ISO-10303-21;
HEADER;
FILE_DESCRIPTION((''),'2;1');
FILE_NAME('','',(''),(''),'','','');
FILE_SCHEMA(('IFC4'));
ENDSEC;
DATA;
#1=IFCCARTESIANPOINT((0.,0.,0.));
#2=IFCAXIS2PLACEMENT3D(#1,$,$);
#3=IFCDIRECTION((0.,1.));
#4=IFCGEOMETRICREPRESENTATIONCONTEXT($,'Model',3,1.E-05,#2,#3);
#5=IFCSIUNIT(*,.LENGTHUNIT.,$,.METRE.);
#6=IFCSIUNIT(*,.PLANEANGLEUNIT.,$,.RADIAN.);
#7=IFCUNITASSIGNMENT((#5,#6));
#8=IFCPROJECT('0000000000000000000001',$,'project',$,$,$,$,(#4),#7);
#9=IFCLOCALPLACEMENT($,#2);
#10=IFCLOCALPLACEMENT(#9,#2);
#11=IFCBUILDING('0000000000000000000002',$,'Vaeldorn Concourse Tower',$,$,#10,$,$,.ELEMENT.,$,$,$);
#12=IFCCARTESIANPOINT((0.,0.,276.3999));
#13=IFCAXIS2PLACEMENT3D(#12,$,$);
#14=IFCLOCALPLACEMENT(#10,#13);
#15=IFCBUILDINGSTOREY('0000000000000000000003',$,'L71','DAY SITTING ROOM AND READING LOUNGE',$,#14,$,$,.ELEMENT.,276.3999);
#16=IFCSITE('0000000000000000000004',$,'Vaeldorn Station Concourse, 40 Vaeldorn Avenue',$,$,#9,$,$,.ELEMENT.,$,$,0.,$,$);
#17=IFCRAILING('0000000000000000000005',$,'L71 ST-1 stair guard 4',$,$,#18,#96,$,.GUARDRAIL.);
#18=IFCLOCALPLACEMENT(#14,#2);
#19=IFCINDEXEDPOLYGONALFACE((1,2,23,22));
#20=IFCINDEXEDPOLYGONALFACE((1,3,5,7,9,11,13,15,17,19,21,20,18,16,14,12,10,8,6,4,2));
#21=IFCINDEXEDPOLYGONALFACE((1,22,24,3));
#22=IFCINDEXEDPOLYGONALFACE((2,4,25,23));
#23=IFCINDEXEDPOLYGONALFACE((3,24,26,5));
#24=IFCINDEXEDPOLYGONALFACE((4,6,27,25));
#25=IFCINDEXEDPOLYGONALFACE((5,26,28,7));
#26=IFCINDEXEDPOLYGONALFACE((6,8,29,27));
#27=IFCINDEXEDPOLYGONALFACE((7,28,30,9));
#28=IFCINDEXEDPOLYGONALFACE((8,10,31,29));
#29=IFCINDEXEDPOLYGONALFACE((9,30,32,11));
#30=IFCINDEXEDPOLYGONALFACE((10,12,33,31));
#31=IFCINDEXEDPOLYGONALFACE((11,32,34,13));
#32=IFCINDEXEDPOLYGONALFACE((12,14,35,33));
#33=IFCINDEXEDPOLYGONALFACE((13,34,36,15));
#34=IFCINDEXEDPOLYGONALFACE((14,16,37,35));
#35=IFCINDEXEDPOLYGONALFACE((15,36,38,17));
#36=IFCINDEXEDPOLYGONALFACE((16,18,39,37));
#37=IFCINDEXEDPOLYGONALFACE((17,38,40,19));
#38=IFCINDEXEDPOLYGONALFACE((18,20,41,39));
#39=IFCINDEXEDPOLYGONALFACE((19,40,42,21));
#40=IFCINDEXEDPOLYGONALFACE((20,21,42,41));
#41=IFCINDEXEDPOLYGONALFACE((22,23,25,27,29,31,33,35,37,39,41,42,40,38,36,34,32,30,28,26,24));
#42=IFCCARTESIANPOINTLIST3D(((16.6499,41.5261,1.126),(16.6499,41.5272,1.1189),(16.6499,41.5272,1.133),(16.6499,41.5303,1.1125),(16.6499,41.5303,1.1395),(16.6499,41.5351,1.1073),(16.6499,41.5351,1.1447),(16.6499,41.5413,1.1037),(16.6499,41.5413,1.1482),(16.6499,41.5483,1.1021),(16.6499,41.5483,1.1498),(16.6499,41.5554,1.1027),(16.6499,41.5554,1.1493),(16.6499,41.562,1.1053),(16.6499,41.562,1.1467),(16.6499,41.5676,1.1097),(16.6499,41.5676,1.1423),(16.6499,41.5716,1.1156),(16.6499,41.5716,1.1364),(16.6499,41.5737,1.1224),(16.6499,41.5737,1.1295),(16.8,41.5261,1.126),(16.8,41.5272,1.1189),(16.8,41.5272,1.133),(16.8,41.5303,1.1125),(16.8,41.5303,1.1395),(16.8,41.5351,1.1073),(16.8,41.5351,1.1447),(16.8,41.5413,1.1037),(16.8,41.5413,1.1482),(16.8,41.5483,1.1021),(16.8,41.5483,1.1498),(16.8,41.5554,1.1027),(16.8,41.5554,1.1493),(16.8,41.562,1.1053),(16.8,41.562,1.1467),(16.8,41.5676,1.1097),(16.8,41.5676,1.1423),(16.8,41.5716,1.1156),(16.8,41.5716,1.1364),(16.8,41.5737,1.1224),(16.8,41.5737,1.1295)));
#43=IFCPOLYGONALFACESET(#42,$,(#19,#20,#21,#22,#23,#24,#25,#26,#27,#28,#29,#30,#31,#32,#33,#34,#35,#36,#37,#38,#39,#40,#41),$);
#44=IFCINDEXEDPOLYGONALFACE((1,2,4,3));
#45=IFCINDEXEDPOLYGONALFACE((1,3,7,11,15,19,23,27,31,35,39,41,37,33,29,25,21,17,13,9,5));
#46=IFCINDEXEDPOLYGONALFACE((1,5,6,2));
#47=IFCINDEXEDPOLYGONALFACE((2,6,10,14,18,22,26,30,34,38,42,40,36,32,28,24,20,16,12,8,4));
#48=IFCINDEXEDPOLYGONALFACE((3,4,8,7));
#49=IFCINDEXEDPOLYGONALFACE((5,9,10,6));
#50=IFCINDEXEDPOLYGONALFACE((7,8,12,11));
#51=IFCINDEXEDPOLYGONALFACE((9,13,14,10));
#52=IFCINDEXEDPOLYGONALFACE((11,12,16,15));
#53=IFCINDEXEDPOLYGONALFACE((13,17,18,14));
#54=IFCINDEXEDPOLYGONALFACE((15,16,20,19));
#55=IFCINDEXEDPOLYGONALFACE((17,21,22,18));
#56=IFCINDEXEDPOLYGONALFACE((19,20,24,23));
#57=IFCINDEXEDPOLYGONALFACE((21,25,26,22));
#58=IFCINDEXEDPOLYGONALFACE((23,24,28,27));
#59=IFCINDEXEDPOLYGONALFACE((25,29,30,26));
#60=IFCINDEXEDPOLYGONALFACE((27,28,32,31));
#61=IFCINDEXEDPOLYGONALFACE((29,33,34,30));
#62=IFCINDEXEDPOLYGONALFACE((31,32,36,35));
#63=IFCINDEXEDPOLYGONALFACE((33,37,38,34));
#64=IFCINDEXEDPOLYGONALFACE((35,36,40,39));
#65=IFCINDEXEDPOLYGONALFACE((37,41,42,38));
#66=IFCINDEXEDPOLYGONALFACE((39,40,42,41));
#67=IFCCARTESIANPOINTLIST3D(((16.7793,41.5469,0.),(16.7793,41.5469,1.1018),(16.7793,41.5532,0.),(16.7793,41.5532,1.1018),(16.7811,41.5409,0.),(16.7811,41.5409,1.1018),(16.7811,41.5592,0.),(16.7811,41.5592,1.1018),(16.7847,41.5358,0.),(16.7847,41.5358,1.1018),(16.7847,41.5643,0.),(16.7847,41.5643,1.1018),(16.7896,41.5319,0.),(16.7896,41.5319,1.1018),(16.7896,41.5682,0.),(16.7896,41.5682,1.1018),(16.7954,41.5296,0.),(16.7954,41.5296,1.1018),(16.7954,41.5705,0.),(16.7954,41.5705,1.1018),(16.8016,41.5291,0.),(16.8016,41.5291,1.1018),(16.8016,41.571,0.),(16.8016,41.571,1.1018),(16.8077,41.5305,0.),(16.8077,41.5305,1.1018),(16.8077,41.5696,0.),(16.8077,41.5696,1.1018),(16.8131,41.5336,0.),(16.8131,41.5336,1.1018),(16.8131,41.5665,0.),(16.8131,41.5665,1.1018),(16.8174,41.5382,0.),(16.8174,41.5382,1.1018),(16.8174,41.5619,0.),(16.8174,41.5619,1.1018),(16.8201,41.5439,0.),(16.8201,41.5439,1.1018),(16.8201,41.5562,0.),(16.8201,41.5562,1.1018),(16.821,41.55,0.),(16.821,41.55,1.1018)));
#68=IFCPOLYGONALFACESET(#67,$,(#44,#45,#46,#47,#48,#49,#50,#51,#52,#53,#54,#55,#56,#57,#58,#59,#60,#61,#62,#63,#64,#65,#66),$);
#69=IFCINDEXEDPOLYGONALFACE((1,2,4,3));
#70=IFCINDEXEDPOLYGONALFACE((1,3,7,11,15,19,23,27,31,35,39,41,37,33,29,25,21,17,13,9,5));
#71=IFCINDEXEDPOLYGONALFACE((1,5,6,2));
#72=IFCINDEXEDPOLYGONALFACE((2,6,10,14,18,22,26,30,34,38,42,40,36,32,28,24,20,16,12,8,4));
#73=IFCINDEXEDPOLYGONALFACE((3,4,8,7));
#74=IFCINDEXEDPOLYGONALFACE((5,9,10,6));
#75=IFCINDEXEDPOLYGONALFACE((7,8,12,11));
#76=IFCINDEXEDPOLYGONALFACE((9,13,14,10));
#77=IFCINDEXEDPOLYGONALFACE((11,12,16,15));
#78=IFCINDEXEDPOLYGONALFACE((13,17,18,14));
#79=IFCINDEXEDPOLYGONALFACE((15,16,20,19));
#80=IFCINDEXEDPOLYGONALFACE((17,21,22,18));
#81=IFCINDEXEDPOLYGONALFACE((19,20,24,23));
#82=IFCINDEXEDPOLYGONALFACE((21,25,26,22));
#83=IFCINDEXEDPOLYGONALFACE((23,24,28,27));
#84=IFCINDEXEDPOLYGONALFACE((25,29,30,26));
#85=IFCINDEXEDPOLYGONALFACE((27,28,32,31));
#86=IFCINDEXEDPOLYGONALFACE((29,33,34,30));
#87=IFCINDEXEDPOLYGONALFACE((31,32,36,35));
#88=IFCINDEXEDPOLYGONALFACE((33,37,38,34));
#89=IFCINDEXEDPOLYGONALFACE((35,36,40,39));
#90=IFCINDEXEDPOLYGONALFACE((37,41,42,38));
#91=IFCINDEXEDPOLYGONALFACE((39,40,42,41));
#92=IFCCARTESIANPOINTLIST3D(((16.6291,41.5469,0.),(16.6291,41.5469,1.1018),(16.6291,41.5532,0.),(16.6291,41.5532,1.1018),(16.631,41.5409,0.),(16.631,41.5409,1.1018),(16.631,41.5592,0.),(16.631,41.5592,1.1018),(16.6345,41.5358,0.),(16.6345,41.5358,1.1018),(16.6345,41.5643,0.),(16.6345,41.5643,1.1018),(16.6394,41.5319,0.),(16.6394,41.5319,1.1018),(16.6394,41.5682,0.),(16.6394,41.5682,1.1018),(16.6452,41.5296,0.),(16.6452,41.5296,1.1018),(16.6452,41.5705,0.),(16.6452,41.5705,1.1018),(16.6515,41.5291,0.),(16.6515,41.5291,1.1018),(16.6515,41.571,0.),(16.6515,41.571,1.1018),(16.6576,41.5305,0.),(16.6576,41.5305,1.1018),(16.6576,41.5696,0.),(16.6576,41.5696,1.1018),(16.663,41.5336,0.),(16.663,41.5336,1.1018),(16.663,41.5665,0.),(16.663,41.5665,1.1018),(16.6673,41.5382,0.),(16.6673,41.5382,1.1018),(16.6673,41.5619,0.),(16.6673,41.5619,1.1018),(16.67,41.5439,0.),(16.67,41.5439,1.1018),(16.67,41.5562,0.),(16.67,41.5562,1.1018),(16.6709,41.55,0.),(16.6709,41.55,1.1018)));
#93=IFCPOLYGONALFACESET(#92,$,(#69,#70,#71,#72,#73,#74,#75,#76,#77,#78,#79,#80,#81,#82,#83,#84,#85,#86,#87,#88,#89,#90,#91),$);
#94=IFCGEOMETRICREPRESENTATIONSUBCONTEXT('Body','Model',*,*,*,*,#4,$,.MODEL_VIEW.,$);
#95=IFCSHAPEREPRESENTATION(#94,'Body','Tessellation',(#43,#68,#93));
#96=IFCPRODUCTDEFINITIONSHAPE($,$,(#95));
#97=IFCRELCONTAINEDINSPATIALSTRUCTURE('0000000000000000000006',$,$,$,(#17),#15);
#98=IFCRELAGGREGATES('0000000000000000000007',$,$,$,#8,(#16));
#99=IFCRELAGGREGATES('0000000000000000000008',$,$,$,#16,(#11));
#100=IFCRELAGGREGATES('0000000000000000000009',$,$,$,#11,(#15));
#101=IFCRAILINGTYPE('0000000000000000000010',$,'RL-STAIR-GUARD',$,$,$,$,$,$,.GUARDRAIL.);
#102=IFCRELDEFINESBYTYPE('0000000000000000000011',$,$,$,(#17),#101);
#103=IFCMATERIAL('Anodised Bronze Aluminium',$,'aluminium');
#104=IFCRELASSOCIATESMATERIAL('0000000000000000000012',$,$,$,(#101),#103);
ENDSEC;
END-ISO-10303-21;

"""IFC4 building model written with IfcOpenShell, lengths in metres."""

from ifc_helpers import new_model, si_unit, direction, frame, origin, origin_2d, place, context, subcontext, project, spatial, circle, extrude, material, type_object, element, save


model = new_model("IFC4")

# Units and contexts
model_context = context("Model", 3, precision=1e-05, world=origin(), true_north=direction((0.0, 1.0)))
body_context = subcontext(model_context, "Body", "Model", "MODEL_VIEW")
ifc_project = project(units=[si_unit("LENGTHUNIT", "METRE"), si_unit("PLANEANGLEUNIT", "RADIAN")], contexts=[model_context])

# Site, building, storey
site_placement = place(None, origin())
site = spatial("IfcSite", under=ifc_project, at=site_placement, Name="Vaeldorn Station Concourse, 40 Vaeldorn Avenue", CompositionType="ELEMENT", RefElevation=0.0)
building_placement = place(site_placement, origin())
building = spatial("IfcBuilding", under=site, at=building_placement, Name="Vaeldorn Concourse Tower", CompositionType="ELEMENT")
storey_placement = place(building_placement, frame((0.0, 0.0, 276.3999)))
storey = spatial("IfcBuildingStorey", under=building, at=storey_placement, Name="L71", Description="DAY SITTING ROOM AND READING LOUNGE", CompositionType="ELEMENT", Elevation=276.3999)

# Shared definitions
ifc_material_1 = material(Name="Anodised Bronze Aluminium", Category="aluminium")

# Railing
railing_type_1 = type_object("IfcRailingType", Name="RL-STAIR-GUARD", PredefinedType="GUARDRAIL", material=ifc_material_1)
railing_1_placement = place(storey_placement, frame((16.8, 41.55, 0.0)))
element("IfcRailing", 1, at=railing_1_placement, inside=storey, type_object=railing_type_1, Name="L71 ST-1 stair guard 4", PredefinedType="GUARDRAIL", context=body_context, shape_type="SweptSolid", body=[
    extrude(circle(Radius=0.0239, at=origin_2d()), frame((0.0, 0.0, 1.126), z_axis=(-1.0, 0.0, 0.0), x_axis=(0.0, -1.0, 0.0)), (0.0, 0.0, 1.0), 0.1501),
    extrude(circle(Radius=0.021, at=origin_2d()), origin(), (0.0, 0.0, 1.0), 1.1018),
    extrude(circle(Radius=0.021, at=origin_2d()), frame((-0.1501, 0.0, 0.0)), (0.0, 0.0, 1.0), 1.1018),
])

save(model, "model.ifc")
